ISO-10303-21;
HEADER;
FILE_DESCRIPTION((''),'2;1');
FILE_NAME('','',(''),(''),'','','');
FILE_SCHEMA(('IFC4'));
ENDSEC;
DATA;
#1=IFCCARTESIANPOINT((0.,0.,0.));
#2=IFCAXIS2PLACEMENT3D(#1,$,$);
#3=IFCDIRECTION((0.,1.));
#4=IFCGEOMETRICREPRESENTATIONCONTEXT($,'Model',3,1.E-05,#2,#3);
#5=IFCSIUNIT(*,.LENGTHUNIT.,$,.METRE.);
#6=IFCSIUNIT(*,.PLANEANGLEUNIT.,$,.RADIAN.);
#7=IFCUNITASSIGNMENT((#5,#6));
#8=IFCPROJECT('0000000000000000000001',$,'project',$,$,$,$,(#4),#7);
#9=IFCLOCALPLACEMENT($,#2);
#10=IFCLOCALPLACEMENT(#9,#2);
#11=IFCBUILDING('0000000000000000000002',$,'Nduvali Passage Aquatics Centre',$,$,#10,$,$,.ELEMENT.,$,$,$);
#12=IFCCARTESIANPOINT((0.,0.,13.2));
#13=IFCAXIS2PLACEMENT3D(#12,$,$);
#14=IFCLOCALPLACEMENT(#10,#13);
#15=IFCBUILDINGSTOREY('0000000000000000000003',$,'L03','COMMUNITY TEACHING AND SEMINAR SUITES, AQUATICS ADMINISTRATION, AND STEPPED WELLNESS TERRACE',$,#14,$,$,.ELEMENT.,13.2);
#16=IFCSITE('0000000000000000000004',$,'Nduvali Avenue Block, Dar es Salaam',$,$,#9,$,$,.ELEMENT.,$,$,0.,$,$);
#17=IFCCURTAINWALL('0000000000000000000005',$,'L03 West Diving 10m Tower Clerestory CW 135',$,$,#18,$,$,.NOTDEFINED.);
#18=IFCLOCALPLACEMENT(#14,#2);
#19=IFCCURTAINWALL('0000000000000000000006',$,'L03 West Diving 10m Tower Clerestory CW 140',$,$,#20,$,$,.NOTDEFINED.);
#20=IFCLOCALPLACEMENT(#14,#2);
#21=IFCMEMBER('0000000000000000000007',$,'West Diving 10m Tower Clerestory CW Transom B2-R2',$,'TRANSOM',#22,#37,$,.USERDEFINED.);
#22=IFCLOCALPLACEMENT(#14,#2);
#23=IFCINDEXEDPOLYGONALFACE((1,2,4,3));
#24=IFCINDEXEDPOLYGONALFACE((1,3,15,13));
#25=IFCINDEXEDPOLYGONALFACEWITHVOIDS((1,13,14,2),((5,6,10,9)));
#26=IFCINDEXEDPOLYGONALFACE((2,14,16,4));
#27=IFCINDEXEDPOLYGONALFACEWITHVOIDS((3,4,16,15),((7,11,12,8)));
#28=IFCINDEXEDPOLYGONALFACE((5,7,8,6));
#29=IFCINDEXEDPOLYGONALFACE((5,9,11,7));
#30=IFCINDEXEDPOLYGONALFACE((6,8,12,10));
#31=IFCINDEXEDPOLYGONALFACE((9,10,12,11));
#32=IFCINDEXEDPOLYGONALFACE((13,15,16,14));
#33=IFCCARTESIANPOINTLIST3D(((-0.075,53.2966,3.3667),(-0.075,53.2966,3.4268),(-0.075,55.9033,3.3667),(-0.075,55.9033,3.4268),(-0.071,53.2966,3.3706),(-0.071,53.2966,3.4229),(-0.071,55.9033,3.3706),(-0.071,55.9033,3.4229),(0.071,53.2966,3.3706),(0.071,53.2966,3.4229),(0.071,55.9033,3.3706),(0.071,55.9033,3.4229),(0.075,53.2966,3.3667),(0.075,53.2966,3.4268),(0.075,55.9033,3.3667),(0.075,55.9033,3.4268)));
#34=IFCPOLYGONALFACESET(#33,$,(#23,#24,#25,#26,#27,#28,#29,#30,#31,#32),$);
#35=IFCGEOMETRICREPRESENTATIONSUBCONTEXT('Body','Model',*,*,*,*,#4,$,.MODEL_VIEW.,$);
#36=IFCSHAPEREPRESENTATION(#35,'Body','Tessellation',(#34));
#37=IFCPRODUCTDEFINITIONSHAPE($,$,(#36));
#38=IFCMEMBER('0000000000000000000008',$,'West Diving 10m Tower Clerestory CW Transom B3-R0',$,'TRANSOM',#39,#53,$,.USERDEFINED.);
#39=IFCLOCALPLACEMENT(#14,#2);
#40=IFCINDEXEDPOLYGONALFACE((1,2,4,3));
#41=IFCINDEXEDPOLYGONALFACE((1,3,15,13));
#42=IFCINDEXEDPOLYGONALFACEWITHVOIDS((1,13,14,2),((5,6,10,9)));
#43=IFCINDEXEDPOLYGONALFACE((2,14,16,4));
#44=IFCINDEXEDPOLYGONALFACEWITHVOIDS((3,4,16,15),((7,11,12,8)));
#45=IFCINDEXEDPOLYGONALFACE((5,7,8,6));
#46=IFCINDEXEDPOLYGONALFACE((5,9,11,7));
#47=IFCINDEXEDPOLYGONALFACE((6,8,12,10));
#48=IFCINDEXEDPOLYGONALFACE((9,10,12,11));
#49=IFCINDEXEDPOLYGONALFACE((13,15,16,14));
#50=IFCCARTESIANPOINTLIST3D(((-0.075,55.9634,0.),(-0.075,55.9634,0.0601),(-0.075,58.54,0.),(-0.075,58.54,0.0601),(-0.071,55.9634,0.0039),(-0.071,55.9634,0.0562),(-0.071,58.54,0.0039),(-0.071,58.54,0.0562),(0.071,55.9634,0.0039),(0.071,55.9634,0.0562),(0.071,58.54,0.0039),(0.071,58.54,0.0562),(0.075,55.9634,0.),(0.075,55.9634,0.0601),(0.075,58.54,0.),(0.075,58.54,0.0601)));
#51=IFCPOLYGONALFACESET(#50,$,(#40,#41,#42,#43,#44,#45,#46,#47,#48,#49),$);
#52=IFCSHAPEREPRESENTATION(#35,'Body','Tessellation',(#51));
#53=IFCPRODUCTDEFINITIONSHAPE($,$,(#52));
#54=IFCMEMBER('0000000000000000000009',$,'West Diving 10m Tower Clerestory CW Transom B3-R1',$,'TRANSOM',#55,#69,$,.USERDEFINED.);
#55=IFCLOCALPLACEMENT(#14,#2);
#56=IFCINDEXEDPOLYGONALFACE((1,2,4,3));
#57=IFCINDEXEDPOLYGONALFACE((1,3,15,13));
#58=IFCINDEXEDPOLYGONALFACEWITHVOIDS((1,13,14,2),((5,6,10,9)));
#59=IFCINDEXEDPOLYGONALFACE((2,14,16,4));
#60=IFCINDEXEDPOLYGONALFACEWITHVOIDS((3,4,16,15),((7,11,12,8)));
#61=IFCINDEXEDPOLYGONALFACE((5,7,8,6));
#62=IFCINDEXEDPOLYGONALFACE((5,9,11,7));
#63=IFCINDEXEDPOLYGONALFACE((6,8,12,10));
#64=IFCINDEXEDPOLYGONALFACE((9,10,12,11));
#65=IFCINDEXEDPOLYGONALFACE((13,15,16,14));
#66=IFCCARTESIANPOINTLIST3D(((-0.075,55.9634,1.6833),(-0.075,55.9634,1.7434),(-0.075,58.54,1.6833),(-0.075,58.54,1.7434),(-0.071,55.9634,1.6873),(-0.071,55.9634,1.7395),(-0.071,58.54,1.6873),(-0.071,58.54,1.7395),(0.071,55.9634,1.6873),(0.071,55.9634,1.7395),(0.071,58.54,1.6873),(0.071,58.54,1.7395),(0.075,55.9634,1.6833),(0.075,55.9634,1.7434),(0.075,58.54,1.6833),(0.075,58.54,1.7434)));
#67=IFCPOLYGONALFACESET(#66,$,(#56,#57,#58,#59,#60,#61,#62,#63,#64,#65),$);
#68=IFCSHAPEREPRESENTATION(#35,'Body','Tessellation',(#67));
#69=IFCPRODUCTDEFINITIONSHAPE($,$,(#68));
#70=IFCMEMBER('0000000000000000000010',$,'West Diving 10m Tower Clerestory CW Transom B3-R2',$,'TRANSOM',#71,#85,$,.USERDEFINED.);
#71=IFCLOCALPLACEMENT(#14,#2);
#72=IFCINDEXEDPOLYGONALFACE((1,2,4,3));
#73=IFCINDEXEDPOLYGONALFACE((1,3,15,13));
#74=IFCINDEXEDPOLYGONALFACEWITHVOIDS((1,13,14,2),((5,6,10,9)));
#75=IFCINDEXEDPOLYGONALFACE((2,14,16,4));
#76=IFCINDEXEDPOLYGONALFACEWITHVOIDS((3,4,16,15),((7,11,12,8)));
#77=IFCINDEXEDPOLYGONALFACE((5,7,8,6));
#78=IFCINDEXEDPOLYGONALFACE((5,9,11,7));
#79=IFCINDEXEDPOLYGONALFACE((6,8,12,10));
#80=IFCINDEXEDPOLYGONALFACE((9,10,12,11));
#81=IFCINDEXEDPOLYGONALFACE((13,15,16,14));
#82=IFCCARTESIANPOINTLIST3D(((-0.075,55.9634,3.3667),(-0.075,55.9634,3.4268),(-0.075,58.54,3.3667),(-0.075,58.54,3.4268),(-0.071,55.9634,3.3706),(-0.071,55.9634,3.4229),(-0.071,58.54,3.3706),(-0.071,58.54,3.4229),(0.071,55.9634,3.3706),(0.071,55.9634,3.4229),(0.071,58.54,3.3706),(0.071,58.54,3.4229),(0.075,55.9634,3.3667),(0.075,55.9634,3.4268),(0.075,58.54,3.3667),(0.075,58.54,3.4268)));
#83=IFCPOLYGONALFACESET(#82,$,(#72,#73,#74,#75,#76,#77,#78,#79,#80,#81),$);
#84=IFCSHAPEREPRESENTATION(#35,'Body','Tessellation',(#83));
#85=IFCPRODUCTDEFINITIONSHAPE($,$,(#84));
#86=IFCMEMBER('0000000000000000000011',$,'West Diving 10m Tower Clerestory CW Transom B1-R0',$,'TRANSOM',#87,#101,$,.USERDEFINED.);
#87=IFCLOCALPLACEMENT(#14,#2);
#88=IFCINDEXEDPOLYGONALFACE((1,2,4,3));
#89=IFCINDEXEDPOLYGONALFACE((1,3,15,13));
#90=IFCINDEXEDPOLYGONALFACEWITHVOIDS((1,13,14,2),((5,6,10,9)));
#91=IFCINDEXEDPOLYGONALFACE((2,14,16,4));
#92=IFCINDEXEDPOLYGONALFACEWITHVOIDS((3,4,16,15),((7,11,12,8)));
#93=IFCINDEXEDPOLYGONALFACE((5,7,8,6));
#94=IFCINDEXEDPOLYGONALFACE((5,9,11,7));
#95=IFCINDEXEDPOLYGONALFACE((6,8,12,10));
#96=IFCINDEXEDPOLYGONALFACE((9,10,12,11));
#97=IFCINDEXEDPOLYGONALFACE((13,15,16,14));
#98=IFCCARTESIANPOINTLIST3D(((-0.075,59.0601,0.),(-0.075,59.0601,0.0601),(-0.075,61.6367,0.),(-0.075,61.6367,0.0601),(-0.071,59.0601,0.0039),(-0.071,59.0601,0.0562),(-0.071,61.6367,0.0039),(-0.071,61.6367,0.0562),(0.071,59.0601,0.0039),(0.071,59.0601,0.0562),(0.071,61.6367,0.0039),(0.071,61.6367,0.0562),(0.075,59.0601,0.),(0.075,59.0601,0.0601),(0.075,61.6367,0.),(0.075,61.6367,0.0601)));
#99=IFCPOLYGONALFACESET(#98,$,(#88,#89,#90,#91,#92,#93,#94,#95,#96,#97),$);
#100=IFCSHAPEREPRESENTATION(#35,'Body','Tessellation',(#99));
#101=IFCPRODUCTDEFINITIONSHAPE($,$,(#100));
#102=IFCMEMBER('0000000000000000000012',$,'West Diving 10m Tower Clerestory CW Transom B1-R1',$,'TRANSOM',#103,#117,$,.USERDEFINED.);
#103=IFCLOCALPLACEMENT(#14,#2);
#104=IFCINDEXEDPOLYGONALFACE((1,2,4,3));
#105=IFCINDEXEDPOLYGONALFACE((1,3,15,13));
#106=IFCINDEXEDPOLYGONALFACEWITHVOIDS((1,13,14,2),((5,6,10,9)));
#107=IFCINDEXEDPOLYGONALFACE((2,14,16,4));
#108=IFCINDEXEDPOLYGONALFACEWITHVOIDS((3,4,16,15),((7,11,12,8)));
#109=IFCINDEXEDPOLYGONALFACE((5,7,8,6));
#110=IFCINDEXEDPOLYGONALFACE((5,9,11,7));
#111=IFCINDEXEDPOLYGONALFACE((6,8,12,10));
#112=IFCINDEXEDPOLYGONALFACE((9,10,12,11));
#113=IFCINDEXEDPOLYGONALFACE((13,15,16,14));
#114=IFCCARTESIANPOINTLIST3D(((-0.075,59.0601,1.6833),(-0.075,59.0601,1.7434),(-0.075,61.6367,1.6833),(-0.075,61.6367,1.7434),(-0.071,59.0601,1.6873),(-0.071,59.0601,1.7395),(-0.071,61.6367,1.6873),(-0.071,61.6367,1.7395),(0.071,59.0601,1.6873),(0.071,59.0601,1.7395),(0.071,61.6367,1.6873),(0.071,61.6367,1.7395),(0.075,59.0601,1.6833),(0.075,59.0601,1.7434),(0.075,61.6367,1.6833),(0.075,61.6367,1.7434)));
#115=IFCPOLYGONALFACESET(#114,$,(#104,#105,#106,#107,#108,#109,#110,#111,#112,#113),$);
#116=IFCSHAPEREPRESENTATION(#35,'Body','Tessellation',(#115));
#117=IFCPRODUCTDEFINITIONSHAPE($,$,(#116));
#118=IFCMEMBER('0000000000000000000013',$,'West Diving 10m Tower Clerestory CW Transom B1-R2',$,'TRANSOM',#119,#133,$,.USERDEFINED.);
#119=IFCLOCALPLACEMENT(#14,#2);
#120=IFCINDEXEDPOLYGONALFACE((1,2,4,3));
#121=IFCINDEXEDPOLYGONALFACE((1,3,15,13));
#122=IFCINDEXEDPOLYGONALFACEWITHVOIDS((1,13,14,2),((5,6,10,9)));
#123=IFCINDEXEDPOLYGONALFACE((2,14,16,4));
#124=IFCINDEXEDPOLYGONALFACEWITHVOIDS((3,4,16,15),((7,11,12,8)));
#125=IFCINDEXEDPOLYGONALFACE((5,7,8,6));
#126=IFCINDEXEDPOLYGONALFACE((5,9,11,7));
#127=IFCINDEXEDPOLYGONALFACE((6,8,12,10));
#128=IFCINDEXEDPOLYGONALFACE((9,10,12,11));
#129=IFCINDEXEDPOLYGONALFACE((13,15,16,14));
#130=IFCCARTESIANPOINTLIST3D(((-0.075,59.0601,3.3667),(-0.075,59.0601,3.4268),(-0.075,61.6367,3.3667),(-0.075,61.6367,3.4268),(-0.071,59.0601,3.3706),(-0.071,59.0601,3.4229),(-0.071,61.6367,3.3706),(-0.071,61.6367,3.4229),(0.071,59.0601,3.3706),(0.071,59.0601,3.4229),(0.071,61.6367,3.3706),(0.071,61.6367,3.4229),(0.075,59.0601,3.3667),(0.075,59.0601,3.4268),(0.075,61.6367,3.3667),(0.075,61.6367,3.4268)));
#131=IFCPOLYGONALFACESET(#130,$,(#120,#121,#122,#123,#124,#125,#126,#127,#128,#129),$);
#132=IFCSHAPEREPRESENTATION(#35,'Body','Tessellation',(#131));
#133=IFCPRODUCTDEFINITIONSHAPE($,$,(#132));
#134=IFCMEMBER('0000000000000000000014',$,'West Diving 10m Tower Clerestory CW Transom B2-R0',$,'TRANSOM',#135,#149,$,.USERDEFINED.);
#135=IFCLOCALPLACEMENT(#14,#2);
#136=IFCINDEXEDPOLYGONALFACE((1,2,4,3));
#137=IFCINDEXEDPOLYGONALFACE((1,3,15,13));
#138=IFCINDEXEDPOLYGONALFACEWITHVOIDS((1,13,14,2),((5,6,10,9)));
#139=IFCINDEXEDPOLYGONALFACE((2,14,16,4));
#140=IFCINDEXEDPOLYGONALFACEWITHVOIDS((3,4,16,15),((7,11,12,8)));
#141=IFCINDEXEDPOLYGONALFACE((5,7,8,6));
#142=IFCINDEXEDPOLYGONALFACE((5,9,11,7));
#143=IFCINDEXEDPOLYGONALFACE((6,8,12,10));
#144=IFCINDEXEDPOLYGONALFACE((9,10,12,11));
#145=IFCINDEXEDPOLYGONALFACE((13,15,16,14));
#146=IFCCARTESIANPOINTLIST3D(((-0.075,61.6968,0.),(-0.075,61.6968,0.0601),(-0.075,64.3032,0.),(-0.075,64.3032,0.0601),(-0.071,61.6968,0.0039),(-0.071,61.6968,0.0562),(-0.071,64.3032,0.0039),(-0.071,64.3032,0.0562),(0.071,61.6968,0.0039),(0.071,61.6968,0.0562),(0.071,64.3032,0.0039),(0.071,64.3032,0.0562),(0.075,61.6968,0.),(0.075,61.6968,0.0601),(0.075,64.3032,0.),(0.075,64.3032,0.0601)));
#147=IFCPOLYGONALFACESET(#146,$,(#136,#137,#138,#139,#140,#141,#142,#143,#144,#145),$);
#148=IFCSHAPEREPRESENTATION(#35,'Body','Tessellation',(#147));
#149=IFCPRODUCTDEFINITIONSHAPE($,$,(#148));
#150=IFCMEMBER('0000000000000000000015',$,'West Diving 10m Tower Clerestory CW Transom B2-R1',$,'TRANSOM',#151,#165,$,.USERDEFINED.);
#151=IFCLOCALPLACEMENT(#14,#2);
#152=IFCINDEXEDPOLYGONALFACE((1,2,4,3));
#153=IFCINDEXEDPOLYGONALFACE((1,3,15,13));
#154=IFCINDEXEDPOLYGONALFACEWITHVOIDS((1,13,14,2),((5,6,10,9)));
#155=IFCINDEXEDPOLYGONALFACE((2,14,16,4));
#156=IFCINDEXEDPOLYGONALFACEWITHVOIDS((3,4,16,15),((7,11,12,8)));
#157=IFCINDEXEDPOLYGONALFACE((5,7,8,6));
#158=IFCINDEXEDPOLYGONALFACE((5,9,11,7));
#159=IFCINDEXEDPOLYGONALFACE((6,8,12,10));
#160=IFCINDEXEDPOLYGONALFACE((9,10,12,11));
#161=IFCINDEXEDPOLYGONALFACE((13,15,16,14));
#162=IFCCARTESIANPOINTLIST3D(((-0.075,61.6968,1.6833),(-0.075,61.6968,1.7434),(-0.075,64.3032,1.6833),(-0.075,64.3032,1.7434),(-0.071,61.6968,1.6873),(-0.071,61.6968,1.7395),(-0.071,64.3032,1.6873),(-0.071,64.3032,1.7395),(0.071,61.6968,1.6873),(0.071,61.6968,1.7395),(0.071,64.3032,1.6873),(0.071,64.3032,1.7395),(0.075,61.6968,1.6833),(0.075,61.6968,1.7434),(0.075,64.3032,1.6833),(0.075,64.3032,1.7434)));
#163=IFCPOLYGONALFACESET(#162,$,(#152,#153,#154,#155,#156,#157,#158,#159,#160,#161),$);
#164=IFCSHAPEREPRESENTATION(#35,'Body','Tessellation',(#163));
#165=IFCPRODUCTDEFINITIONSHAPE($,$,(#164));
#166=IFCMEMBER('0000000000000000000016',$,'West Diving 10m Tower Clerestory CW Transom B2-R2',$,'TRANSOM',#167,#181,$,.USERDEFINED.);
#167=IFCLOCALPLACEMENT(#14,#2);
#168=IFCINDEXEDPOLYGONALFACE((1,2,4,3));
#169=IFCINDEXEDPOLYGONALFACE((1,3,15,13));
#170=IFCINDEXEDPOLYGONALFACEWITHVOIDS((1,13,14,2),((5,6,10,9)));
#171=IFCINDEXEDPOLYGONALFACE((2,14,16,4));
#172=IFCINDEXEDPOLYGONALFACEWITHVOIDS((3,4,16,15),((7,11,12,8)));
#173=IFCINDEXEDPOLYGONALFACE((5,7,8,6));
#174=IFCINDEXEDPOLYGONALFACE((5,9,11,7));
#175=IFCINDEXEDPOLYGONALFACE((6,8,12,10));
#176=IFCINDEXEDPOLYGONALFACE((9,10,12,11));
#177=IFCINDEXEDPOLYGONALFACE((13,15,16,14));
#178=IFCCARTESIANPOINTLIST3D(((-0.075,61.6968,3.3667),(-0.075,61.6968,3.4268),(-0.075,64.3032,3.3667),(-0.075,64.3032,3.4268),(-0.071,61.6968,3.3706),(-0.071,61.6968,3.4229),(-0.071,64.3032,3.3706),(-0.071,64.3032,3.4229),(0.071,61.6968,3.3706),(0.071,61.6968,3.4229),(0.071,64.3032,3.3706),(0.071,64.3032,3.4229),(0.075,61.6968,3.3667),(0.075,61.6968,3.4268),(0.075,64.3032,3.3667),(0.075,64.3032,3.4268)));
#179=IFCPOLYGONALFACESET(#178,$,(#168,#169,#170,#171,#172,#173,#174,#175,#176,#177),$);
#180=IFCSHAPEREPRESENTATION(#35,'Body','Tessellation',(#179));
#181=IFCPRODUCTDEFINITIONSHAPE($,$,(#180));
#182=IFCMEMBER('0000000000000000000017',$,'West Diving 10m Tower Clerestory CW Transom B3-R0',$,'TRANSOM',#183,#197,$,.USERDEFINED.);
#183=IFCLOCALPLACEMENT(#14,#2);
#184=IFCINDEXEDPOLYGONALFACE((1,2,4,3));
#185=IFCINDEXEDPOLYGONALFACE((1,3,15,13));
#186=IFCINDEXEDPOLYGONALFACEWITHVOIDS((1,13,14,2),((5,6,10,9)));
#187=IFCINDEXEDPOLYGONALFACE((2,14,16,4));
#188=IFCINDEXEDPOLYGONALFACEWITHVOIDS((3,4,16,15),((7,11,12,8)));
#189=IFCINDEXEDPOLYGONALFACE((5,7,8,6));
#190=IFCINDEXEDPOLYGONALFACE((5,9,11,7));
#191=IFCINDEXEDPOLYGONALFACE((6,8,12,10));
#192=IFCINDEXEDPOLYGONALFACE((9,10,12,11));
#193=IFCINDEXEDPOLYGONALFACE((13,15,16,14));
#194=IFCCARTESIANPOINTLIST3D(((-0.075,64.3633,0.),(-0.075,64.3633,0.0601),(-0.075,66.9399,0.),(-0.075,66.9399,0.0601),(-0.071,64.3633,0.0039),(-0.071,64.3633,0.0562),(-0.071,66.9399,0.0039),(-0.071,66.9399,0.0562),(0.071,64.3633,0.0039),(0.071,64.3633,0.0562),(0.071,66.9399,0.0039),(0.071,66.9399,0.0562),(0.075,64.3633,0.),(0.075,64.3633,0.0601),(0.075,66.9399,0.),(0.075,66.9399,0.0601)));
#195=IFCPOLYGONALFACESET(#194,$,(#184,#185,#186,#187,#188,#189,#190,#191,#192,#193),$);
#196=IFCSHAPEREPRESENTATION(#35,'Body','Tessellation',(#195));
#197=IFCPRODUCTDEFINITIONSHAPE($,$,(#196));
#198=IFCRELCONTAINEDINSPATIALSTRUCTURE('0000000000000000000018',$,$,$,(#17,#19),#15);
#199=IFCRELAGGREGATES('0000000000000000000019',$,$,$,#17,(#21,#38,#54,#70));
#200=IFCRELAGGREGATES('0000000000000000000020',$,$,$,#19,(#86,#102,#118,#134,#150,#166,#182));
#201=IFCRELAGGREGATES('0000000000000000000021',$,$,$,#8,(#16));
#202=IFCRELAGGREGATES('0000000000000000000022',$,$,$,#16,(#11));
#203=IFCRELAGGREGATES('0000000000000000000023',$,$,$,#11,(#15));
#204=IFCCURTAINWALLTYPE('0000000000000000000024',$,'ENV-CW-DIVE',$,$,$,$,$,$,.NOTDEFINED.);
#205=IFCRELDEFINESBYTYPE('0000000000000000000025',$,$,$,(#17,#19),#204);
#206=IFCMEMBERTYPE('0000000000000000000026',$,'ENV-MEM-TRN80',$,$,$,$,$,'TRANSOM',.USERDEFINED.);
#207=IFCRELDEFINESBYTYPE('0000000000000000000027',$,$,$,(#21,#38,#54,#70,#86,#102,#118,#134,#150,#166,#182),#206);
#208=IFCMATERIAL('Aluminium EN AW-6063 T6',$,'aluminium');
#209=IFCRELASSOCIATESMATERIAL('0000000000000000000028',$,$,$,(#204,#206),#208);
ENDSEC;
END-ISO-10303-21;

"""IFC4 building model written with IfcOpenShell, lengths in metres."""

from ifc_helpers import new_model, si_unit, direction, frame, origin, origin_2d, place, context, subcontext, project, spatial, hollow_rectangle, extrude, material, material_profile, profile_set, type_object, element, aggregate, save


model = new_model("IFC4")

# Units and contexts
model_context = context("Model", 3, precision=1e-05, world=origin(), true_north=direction((0.0, 1.0)))
body_context = subcontext(model_context, "Body", "Model", "MODEL_VIEW")
ifc_project = project(units=[si_unit("LENGTHUNIT", "METRE"), si_unit("PLANEANGLEUNIT", "RADIAN")], contexts=[model_context])

# Site, building, storey
site_placement = place(None, origin())
site = spatial("IfcSite", under=ifc_project, at=site_placement, Name="Nduvali Avenue Block, Dar es Salaam", CompositionType="ELEMENT", RefElevation=0.0)
building_placement = place(site_placement, origin())
building = spatial("IfcBuilding", under=site, at=building_placement, Name="Nduvali Passage Aquatics Centre", CompositionType="ELEMENT")
storey_placement = place(building_placement, frame((0.0, 0.0, 13.2)))
storey = spatial("IfcBuildingStorey", under=building, at=storey_placement, Name="L03", Description="COMMUNITY TEACHING AND SEMINAR SUITES, AQUATICS ADMINISTRATION, AND STEPPED WELLNESS TERRACE", CompositionType="ELEMENT", Elevation=13.2)

# Curtain walls
ifc_material_1 = material(Name="Aluminium EN AW-6063 T6", Category="aluminium")
curtain_wall_type = type_object("IfcCurtainWallType", Name="ENV-CW-DIVE", PredefinedType="NOTDEFINED", material=ifc_material_1)
curtain_wall_1_placement = place(storey_placement, origin())
curtain_wall_1 = element("IfcCurtainWall", 1, at=curtain_wall_1_placement, inside=storey, type_object=curtain_wall_type, Name="L03 West Diving 10m Tower Clerestory CW 135", PredefinedType="NOTDEFINED")
curtain_wall_2_placement = place(storey_placement, origin())
curtain_wall_2 = element("IfcCurtainWall", 2, at=curtain_wall_2_placement, inside=storey, type_object=curtain_wall_type, Name="L03 West Diving 10m Tower Clerestory CW 140", PredefinedType="NOTDEFINED")

# Members
ifc_material_profile_1 = material_profile(ifc_material_1, hollow_rectangle(XDim=0.1499, YDim=0.0601, WallThickness=0.0039, at=origin_2d()), Name="ALU TRANSOM 150x60x4")
ifc_profile_set_1 = profile_set([ifc_material_profile_1], Name="Aluminium EN AW-6063 T6")
member_type_1 = type_object("IfcMemberType", Name="ENV-MEM-TRN80", ElementType="TRANSOM", PredefinedType="USERDEFINED", material=ifc_profile_set_1)
member_1_placement = place(storey_placement, frame((0.0, 53.2966, 3.3967), z_axis=(0.0, 1.0, 0.0), x_axis=(-1.0, 0.0, 0.0)))
member_1 = element("IfcMember", 3, at=member_1_placement, type_object=member_type_1, Name="West Diving 10m Tower Clerestory CW Transom B2-R2", ObjectType="TRANSOM", PredefinedType="USERDEFINED", context=body_context, shape_type="SweptSolid", body=[
    extrude(hollow_rectangle(XDim=0.1499, YDim=0.0601, WallThickness=0.0039, at=origin_2d()), origin(), (0.0, 0.0, 1.0), 2.6067),
])
member_2_placement = place(storey_placement, frame((0.0, 55.9634, 0.03), z_axis=(0.0, 1.0, 0.0), x_axis=(-1.0, 0.0, 0.0)))
member_2 = element("IfcMember", 4, at=member_2_placement, type_object=member_type_1, Name="West Diving 10m Tower Clerestory CW Transom B3-R0", ObjectType="TRANSOM", PredefinedType="USERDEFINED", context=body_context, shape_type="SweptSolid", body=[
    extrude(hollow_rectangle(XDim=0.1499, YDim=0.0601, WallThickness=0.0039, at=origin_2d()), origin(), (0.0, 0.0, 1.0), 2.5767),
])
member_3_placement = place(storey_placement, frame((0.0, 55.9634, 1.7134), z_axis=(0.0, 1.0, 0.0), x_axis=(-1.0, 0.0, 0.0)))
member_3 = element("IfcMember", 5, at=member_3_placement, type_object=member_type_1, Name="West Diving 10m Tower Clerestory CW Transom B3-R1", ObjectType="TRANSOM", PredefinedType="USERDEFINED", context=body_context, shape_type="SweptSolid", body=[
    extrude(hollow_rectangle(XDim=0.1499, YDim=0.0601, WallThickness=0.0039, at=origin_2d()), origin(), (0.0, 0.0, 1.0), 2.5767),
])
member_4_placement = place(storey_placement, frame((0.0, 55.9634, 3.3967), z_axis=(0.0, 1.0, 0.0), x_axis=(-1.0, 0.0, 0.0)))
member_4 = element("IfcMember", 6, at=member_4_placement, type_object=member_type_1, Name="West Diving 10m Tower Clerestory CW Transom B3-R2", ObjectType="TRANSOM", PredefinedType="USERDEFINED", context=body_context, shape_type="SweptSolid", body=[
    extrude(hollow_rectangle(XDim=0.1499, YDim=0.0601, WallThickness=0.0039, at=origin_2d()), origin(), (0.0, 0.0, 1.0), 2.5767),
])
member_5_placement = place(storey_placement, frame((0.0, 59.0601, 0.03), z_axis=(0.0, 1.0, 0.0), x_axis=(-1.0, 0.0, 0.0)))
member_5 = element("IfcMember", 7, at=member_5_placement, type_object=member_type_1, Name="West Diving 10m Tower Clerestory CW Transom B1-R0", ObjectType="TRANSOM", PredefinedType="USERDEFINED", context=body_context, shape_type="SweptSolid", body=[
    extrude(hollow_rectangle(XDim=0.1499, YDim=0.0601, WallThickness=0.0039, at=origin_2d()), origin(), (0.0, 0.0, 1.0), 2.5767),
])
member_6_placement = place(storey_placement, frame((0.0, 59.0601, 1.7134), z_axis=(0.0, 1.0, 0.0), x_axis=(-1.0, 0.0, 0.0)))
member_6 = element("IfcMember", 8, at=member_6_placement, type_object=member_type_1, Name="West Diving 10m Tower Clerestory CW Transom B1-R1", ObjectType="TRANSOM", PredefinedType="USERDEFINED", context=body_context, shape_type="SweptSolid", body=[
    extrude(hollow_rectangle(XDim=0.1499, YDim=0.0601, WallThickness=0.0039, at=origin_2d()), origin(), (0.0, 0.0, 1.0), 2.5767),
])
member_7_placement = place(storey_placement, frame((0.0, 59.0601, 3.3967), z_axis=(0.0, 1.0, 0.0), x_axis=(-1.0, 0.0, 0.0)))
member_7 = element("IfcMember", 9, at=member_7_placement, type_object=member_type_1, Name="West Diving 10m Tower Clerestory CW Transom B1-R2", ObjectType="TRANSOM", PredefinedType="USERDEFINED", context=body_context, shape_type="SweptSolid", body=[
    extrude(hollow_rectangle(XDim=0.1499, YDim=0.0601, WallThickness=0.0039, at=origin_2d()), origin(), (0.0, 0.0, 1.0), 2.5767),
])
member_8_placement = place(storey_placement, frame((0.0, 61.6968, 0.03), z_axis=(0.0, 1.0, 0.0), x_axis=(-1.0, 0.0, 0.0)))
member_8 = element("IfcMember", 10, at=member_8_placement, type_object=member_type_1, Name="West Diving 10m Tower Clerestory CW Transom B2-R0", ObjectType="TRANSOM", PredefinedType="USERDEFINED", context=body_context, shape_type="SweptSolid", body=[
    extrude(hollow_rectangle(XDim=0.1499, YDim=0.0601, WallThickness=0.0039, at=origin_2d()), origin(), (0.0, 0.0, 1.0), 2.6064),
])
member_9_placement = place(storey_placement, frame((0.0, 61.6968, 1.7134), z_axis=(0.0, 1.0, 0.0), x_axis=(-1.0, 0.0, 0.0)))
member_9 = element("IfcMember", 11, at=member_9_placement, type_object=member_type_1, Name="West Diving 10m Tower Clerestory CW Transom B2-R1", ObjectType="TRANSOM", PredefinedType="USERDEFINED", context=body_context, shape_type="SweptSolid", body=[
    extrude(hollow_rectangle(XDim=0.1499, YDim=0.0601, WallThickness=0.0039, at=origin_2d()), origin(), (0.0, 0.0, 1.0), 2.6064),
])
member_10_placement = place(storey_placement, frame((0.0, 61.6968, 3.3967), z_axis=(0.0, 1.0, 0.0), x_axis=(-1.0, 0.0, 0.0)))
member_10 = element("IfcMember", 12, at=member_10_placement, type_object=member_type_1, Name="West Diving 10m Tower Clerestory CW Transom B2-R2", ObjectType="TRANSOM", PredefinedType="USERDEFINED", context=body_context, shape_type="SweptSolid", body=[
    extrude(hollow_rectangle(XDim=0.1499, YDim=0.0601, WallThickness=0.0039, at=origin_2d()), origin(), (0.0, 0.0, 1.0), 2.6064),
])
member_11_placement = place(storey_placement, frame((0.0, 64.3633, 0.03), z_axis=(0.0, 1.0, 0.0), x_axis=(-1.0, 0.0, 0.0)))
member_11 = element("IfcMember", 13, at=member_11_placement, type_object=member_type_1, Name="West Diving 10m Tower Clerestory CW Transom B3-R0", ObjectType="TRANSOM", PredefinedType="USERDEFINED", context=body_context, shape_type="SweptSolid", body=[
    extrude(hollow_rectangle(XDim=0.1499, YDim=0.0601, WallThickness=0.0039, at=origin_2d()), origin(), (0.0, 0.0, 1.0), 2.5767),
])

aggregate(curtain_wall_1, [member_1, member_2, member_3, member_4])
aggregate(curtain_wall_2, [member_5, member_6, member_7, member_8, member_9, member_10, member_11])

save(model, "model.ifc")
